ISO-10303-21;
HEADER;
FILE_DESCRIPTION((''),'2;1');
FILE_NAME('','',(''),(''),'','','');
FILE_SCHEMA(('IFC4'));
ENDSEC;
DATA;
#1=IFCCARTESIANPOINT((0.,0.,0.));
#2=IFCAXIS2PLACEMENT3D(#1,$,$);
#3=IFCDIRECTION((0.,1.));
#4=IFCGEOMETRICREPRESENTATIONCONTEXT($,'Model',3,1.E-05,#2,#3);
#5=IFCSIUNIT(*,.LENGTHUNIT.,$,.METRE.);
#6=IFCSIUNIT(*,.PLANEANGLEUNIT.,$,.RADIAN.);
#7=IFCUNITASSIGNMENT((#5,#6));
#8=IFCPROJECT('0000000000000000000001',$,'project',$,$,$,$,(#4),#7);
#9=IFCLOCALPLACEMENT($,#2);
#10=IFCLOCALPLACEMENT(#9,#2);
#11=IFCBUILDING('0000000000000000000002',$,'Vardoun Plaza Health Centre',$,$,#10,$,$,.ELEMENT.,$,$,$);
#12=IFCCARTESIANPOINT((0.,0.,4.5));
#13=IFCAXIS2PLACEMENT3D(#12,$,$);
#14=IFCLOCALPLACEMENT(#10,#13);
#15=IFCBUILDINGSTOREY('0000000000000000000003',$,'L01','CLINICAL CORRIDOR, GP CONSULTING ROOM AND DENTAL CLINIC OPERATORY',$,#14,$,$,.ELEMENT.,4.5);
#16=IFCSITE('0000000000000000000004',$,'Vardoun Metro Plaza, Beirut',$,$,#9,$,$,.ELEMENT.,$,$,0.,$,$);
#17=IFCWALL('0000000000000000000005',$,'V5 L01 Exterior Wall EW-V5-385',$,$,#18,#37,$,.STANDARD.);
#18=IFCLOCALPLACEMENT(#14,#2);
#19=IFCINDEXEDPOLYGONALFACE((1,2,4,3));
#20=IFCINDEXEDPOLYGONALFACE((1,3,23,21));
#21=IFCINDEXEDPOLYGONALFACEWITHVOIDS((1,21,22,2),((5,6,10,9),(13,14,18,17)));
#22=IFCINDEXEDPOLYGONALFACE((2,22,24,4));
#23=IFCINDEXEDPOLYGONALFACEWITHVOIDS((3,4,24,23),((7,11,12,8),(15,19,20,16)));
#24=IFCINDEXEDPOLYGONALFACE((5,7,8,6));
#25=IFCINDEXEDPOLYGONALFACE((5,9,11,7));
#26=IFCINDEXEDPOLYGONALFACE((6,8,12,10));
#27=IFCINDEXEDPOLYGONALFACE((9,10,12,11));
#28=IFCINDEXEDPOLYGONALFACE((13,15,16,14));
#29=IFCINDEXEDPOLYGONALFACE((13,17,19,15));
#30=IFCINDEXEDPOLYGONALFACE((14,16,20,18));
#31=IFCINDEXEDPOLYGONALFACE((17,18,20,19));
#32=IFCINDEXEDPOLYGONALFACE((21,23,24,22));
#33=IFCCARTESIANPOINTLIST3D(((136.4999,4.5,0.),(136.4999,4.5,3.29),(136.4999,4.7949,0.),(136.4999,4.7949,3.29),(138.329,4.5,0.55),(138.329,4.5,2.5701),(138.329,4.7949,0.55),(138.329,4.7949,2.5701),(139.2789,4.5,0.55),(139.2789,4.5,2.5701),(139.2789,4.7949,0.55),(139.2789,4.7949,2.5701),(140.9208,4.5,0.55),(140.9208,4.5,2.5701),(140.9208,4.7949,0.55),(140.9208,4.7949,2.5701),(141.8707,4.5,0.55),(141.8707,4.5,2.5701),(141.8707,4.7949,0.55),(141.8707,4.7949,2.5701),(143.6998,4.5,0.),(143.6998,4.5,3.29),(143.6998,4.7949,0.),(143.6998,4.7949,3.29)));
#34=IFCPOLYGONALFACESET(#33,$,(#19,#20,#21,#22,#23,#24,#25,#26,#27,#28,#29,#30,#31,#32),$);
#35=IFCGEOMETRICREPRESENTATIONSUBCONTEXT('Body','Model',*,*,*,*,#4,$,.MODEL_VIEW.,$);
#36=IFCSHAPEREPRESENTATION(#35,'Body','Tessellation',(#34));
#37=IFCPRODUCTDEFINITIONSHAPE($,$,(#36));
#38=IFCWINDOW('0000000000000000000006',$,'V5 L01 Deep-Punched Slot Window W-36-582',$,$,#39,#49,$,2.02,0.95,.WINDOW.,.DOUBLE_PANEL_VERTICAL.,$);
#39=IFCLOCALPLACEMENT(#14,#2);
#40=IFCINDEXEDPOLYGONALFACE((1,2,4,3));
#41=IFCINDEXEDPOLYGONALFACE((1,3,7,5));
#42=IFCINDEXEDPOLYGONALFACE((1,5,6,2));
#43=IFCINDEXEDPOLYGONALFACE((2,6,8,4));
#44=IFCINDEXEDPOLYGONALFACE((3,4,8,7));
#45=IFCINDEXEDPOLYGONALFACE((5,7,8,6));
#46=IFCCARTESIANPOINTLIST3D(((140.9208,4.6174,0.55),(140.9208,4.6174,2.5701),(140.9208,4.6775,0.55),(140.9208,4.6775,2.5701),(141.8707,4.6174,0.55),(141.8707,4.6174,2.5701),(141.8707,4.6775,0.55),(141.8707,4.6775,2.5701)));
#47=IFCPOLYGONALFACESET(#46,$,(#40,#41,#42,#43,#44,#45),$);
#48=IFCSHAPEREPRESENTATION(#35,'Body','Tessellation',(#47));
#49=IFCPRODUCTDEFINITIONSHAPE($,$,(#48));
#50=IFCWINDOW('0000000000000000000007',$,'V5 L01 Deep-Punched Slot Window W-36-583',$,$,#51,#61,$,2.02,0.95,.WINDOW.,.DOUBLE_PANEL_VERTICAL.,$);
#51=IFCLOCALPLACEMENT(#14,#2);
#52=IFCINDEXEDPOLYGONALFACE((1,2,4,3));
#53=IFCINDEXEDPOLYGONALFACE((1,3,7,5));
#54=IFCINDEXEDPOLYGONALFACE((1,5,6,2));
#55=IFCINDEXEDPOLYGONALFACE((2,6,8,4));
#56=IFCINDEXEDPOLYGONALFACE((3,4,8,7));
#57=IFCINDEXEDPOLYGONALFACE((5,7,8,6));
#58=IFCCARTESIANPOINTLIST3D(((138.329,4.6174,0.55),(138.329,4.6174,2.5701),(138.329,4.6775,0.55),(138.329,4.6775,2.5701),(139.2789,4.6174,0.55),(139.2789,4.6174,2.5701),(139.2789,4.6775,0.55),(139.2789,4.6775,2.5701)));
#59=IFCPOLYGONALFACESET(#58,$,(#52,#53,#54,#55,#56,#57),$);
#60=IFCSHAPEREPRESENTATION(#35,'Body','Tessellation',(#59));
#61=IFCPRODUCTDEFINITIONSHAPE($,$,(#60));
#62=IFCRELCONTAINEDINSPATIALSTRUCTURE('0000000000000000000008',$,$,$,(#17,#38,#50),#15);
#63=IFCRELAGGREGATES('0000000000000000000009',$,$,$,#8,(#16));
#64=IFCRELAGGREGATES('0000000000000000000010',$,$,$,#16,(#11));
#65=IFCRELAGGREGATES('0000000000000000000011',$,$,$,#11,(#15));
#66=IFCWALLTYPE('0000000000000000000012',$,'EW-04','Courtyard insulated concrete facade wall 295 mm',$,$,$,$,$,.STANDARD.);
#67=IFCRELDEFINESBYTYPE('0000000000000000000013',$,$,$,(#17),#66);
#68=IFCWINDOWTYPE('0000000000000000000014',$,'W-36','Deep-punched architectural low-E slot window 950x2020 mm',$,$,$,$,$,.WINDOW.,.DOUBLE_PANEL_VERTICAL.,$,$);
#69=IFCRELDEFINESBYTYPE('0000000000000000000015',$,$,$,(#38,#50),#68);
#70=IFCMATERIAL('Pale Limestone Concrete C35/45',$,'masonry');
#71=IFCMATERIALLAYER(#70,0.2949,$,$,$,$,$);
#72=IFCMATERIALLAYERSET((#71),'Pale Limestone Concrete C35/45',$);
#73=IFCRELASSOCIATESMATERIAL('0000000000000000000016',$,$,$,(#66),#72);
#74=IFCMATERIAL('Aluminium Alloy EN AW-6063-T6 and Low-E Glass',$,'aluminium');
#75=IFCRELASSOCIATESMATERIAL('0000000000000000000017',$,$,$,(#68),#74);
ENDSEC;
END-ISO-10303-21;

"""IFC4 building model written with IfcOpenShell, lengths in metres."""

from ifc_helpers import new_model, si_unit, direction, frame, frame_2d, origin, place, context, subcontext, project, spatial, rectangle, extrude, material, layer, layer_set, type_object, element, fill, save


model = new_model("IFC4")

# Units and contexts
model_context = context("Model", 3, precision=1e-05, world=origin(), true_north=direction((0.0, 1.0)))
body_context = subcontext(model_context, "Body", "Model", "MODEL_VIEW")
ifc_project = project(units=[si_unit("LENGTHUNIT", "METRE"), si_unit("PLANEANGLEUNIT", "RADIAN")], contexts=[model_context])

# Site, building, storey
site_placement = place(None, origin())
site = spatial("IfcSite", under=ifc_project, at=site_placement, Name="Vardoun Metro Plaza, Beirut", CompositionType="ELEMENT", RefElevation=0.0)
building_placement = place(site_placement, origin())
building = spatial("IfcBuilding", under=site, at=building_placement, Name="Vardoun Plaza Health Centre", CompositionType="ELEMENT")
storey_placement = place(building_placement, frame((0.0, 0.0, 4.5)))
storey = spatial("IfcBuildingStorey", under=building, at=storey_placement, Name="L01", Description="CLINICAL CORRIDOR, GP CONSULTING ROOM AND DENTAL CLINIC OPERATORY", CompositionType="ELEMENT", Elevation=4.5)

# Wall, openings, windows
ifc_material_1 = material(Name="Pale Limestone Concrete C35/45", Category="masonry")
ifc_layer_1 = layer(ifc_material_1, 0.2949)
ifc_layer_set_1 = layer_set([ifc_layer_1], Name="Pale Limestone Concrete C35/45")
wall_type = type_object("IfcWallType", Name="EW-04", Description="Courtyard insulated concrete facade wall 295 mm", PredefinedType="STANDARD", material=ifc_layer_set_1)
wall_placement = place(storey_placement, frame((143.7, 4.6475, 0.0), z_axis=(0.0, 0.0, 1.0), x_axis=(-1.0, 0.0, 0.0)))
wall = element("IfcWall", 1, at=wall_placement, inside=storey, type_object=wall_type, Name="V5 L01 Exterior Wall EW-V5-385", PredefinedType="STANDARD", context=body_context, shape_type="SweptSolid", body=[
    extrude(rectangle(XDim=7.2, YDim=0.2949, at=frame_2d((3.6001, 0.0))), origin(), (0.0, 0.0, 1.0), 3.29),
])
opening_1_placement = place(wall_placement, frame((1.8291, 0.0, 0.55)))
opening_1 = element("IfcOpeningElement", 2, at=opening_1_placement, cuts=wall, PredefinedType="OPENING", context=body_context, shape_type="SweptSolid", body=[
    extrude(rectangle(XDim=0.95, YDim=2.02, at=frame_2d((0.4751, 1.01))), frame((0.0, 0.1475, 0.0), z_axis=(0.0, -1.0, 0.0), x_axis=(1.0, 0.0, 0.0)), (0.0, 0.0, 1.0), 0.2949),
])
opening_2_placement = place(wall_placement, frame((4.4209, 0.0, 0.55)))
opening_2 = element("IfcOpeningElement", 3, at=opening_2_placement, cuts=wall, PredefinedType="OPENING", context=body_context, shape_type="SweptSolid", body=[
    extrude(rectangle(XDim=0.95, YDim=2.02, at=frame_2d((0.4751, 1.01))), frame((0.0, 0.1475, 0.0), z_axis=(0.0, -1.0, 0.0), x_axis=(1.0, 0.0, 0.0)), (0.0, 0.0, 1.0), 0.2949),
])
ifc_material_2 = material(Name="Aluminium Alloy EN AW-6063-T6 and Low-E Glass", Category="aluminium")
window_type = type_object("IfcWindowType", Name="W-36", Description="Deep-punched architectural low-E slot window 950x2020 mm", PartitioningType="DOUBLE_PANEL_VERTICAL", PredefinedType="WINDOW", material=ifc_material_2)
window_1_placement = place(opening_1_placement, origin())
window_1 = element("IfcWindow", 4, at=window_1_placement, inside=storey, type_object=window_type, Name="V5 L01 Deep-Punched Slot Window W-36-582", OverallHeight=2.02, OverallWidth=0.95, PartitioningType="DOUBLE_PANEL_VERTICAL", PredefinedType="WINDOW", context=body_context, shape_type="SweptSolid", body=[
    extrude(rectangle(XDim=0.95, YDim=2.02, at=frame_2d((0.4751, 1.01))), frame((0.0, 0.03, 0.0), z_axis=(0.0, -1.0, 0.0), x_axis=(1.0, 0.0, 0.0)), (0.0, 0.0, 1.0), 0.0601),
])
fill(opening_1, window_1)
window_2_placement = place(opening_2_placement, origin())
window_2 = element("IfcWindow", 5, at=window_2_placement, inside=storey, type_object=window_type, Name="V5 L01 Deep-Punched Slot Window W-36-583", OverallHeight=2.02, OverallWidth=0.95, PartitioningType="DOUBLE_PANEL_VERTICAL", PredefinedType="WINDOW", context=body_context, shape_type="SweptSolid", body=[
    extrude(rectangle(XDim=0.95, YDim=2.02, at=frame_2d((0.4751, 1.01))), frame((0.0, 0.03, 0.0), z_axis=(0.0, -1.0, 0.0), x_axis=(1.0, 0.0, 0.0)), (0.0, 0.0, 1.0), 0.0601),
])
fill(opening_2, window_2)

save(model, "model.ifc")
